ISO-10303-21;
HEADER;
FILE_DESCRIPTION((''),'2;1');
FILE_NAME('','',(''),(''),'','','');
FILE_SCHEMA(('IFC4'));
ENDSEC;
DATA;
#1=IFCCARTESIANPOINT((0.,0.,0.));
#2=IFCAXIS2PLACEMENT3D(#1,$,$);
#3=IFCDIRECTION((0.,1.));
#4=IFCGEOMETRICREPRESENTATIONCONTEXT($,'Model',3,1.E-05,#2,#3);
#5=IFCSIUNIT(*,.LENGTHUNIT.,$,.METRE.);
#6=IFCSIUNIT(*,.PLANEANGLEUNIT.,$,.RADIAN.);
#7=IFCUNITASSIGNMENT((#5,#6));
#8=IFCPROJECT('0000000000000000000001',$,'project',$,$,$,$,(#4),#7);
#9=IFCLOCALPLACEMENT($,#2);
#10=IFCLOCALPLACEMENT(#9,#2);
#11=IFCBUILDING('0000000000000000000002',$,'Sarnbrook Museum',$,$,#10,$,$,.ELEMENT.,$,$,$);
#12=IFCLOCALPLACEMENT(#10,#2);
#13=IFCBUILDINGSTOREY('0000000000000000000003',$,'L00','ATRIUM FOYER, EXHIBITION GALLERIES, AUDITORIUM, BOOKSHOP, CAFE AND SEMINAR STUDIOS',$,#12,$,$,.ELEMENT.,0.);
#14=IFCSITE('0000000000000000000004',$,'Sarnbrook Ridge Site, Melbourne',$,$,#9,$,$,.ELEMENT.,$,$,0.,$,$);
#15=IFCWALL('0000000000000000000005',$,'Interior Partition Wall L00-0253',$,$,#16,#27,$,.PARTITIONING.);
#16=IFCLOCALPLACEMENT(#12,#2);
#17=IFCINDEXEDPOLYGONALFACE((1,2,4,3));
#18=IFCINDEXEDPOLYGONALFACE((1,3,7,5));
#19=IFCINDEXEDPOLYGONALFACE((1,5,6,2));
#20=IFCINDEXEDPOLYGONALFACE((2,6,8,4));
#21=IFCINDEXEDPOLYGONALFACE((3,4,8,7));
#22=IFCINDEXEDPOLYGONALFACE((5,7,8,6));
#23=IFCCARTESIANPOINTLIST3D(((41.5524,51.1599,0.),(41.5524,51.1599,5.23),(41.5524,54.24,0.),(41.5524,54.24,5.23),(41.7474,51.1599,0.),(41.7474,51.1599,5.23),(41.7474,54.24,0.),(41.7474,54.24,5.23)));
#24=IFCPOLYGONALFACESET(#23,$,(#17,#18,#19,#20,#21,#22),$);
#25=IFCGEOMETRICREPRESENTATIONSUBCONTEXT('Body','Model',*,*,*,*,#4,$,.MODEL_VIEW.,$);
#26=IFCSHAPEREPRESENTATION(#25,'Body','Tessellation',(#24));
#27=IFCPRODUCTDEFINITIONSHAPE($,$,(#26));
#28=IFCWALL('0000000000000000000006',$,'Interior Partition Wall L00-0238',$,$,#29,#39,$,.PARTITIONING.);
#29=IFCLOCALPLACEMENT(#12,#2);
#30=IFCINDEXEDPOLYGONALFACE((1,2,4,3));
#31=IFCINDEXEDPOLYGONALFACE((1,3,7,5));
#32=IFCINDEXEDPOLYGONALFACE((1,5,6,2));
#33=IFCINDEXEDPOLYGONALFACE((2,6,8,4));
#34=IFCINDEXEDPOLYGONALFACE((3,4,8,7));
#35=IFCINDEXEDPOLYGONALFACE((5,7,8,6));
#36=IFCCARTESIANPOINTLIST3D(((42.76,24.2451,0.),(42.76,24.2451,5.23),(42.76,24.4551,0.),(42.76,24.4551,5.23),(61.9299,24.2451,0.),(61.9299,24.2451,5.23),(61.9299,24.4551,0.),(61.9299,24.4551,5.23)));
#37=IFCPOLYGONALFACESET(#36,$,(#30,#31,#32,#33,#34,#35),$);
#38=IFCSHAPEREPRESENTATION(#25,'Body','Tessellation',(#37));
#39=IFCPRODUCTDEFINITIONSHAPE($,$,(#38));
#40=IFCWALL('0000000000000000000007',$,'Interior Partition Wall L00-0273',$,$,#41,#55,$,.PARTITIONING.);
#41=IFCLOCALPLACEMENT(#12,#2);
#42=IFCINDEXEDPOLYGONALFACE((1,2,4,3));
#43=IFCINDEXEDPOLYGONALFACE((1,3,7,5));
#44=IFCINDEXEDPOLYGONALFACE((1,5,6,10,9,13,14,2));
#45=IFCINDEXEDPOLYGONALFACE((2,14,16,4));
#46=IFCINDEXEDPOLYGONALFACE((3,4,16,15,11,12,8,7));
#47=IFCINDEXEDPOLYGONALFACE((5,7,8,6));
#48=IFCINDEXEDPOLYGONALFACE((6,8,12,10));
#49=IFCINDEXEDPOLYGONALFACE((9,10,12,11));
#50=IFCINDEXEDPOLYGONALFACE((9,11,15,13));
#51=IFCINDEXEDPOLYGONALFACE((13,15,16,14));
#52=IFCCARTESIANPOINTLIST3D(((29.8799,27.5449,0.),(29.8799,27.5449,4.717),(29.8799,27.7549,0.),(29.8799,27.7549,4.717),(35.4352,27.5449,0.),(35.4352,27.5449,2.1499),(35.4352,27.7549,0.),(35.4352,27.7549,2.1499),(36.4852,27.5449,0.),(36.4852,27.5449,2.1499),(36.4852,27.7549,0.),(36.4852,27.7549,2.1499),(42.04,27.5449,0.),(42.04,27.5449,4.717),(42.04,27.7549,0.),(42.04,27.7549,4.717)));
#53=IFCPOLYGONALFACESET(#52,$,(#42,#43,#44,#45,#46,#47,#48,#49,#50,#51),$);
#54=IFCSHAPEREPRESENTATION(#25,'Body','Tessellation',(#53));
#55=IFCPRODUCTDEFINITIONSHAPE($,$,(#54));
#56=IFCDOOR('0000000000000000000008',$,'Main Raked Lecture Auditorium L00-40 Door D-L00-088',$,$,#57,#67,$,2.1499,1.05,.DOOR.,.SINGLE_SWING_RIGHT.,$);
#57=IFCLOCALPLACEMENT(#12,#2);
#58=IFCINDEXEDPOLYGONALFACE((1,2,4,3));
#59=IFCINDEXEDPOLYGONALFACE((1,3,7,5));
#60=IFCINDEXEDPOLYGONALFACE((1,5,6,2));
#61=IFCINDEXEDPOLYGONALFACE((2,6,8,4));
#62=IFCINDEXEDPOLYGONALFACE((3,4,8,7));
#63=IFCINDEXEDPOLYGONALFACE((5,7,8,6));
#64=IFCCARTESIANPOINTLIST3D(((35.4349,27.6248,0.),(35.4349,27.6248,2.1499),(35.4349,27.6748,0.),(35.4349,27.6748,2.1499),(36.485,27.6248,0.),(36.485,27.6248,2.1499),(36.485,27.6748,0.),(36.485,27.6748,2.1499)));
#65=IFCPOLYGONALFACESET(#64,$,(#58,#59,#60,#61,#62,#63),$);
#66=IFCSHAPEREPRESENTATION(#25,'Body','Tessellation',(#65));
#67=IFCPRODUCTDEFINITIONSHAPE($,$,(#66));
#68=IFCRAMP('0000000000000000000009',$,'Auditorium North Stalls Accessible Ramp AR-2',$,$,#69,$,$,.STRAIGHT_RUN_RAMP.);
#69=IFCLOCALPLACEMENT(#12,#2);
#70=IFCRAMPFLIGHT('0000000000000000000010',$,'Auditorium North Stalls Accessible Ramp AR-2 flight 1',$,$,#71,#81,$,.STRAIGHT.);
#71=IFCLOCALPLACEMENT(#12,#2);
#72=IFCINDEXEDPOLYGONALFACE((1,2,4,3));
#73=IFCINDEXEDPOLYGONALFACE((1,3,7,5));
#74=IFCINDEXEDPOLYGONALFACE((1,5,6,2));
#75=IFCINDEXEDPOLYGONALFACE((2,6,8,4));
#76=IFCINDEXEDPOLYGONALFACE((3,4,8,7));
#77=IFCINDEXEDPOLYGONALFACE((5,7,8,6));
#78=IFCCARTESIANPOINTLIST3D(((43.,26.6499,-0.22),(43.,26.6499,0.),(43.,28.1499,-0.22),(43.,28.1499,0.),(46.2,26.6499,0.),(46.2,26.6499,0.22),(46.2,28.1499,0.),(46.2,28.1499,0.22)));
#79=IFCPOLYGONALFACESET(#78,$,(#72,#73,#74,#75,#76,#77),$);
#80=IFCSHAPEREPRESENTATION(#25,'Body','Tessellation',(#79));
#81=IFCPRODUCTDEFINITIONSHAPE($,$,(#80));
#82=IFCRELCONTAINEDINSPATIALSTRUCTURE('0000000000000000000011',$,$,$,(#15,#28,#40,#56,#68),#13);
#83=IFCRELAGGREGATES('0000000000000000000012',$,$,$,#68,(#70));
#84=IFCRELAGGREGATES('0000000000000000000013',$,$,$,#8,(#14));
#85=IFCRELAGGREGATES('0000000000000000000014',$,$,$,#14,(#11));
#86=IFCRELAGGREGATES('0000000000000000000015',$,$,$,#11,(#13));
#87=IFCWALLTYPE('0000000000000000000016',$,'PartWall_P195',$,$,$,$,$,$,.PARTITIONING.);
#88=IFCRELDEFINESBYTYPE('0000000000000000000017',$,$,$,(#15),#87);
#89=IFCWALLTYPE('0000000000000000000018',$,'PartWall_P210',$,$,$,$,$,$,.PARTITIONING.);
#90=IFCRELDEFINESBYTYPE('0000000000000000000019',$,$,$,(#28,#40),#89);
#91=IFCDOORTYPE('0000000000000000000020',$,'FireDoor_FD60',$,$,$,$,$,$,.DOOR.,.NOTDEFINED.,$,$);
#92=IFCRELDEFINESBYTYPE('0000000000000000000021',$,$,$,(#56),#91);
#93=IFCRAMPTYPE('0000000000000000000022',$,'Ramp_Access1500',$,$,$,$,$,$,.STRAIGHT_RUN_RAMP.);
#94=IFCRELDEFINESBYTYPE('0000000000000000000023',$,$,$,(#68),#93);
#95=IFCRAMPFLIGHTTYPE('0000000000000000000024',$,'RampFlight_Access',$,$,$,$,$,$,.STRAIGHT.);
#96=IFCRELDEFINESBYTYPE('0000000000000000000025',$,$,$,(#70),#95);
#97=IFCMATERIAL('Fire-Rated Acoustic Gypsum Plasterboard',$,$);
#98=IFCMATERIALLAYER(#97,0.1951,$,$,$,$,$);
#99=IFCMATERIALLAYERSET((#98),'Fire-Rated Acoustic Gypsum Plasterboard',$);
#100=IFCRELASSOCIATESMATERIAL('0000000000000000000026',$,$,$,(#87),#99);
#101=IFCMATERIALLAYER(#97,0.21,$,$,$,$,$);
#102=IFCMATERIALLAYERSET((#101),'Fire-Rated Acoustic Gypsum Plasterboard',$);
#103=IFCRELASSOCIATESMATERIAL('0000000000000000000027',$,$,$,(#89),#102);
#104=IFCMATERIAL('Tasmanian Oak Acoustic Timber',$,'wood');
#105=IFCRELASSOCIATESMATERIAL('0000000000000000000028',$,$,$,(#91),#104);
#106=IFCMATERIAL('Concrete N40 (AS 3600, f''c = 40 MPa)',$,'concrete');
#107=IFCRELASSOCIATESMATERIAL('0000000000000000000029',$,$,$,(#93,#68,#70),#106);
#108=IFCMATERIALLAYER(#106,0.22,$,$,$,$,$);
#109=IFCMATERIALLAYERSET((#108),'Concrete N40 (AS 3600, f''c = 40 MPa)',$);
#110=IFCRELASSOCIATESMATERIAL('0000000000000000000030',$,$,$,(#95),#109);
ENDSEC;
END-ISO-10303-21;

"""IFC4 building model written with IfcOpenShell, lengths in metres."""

from ifc_helpers import new_model, si_unit, direction, frame, frame_2d, origin, place, context, subcontext, project, spatial, polyline, rectangle, outline, extrude, material, layer, layer_set, type_object, element, fill, aggregate, save


model = new_model("IFC4")

# Units and contexts
model_context = context("Model", 3, precision=1e-05, world=origin(), true_north=direction((0.0, 1.0)))
body_context = subcontext(model_context, "Body", "Model", "MODEL_VIEW")
ifc_project = project(units=[si_unit("LENGTHUNIT", "METRE"), si_unit("PLANEANGLEUNIT", "RADIAN")], contexts=[model_context])

# Site, building, storey
site_placement = place(None, origin())
site = spatial("IfcSite", under=ifc_project, at=site_placement, Name="Sarnbrook Ridge Site, Melbourne", CompositionType="ELEMENT", RefElevation=0.0)
building_placement = place(site_placement, origin())
building = spatial("IfcBuilding", under=site, at=building_placement, Name="Sarnbrook Museum", CompositionType="ELEMENT")
storey_placement = place(building_placement, origin())
storey = spatial("IfcBuildingStorey", under=building, at=storey_placement, Name="L00", Description="ATRIUM FOYER, EXHIBITION GALLERIES, AUDITORIUM, BOOKSHOP, CAFE AND SEMINAR STUDIOS", CompositionType="ELEMENT", Elevation=0.0)

# Walls
ifc_material_1 = material(Name="Fire-Rated Acoustic Gypsum Plasterboard")
ifc_layer_1 = layer(ifc_material_1, 0.1951)
ifc_layer_set_1 = layer_set([ifc_layer_1], Name="Fire-Rated Acoustic Gypsum Plasterboard")
wall_type_1 = type_object("IfcWallType", Name="PartWall_P195", PredefinedType="PARTITIONING", material=ifc_layer_set_1)
wall_1_placement = place(storey_placement, frame((41.6499, 51.1599, 0.0), z_axis=(0.0, 0.0, 1.0), x_axis=(0.0, 1.0, 0.0)))
element("IfcWall", 1, at=wall_1_placement, inside=storey, type_object=wall_type_1, Name="Interior Partition Wall L00-0253", PredefinedType="PARTITIONING", context=body_context, shape_type="SweptSolid", body=[
    extrude(rectangle(XDim=3.0801, YDim=0.1951, at=frame_2d((1.54, 0.0))), origin(), (0.0, 0.0, 1.0), 5.23),
])
ifc_layer_2 = layer(ifc_material_1, 0.21)
ifc_layer_set_2 = layer_set([ifc_layer_2], Name="Fire-Rated Acoustic Gypsum Plasterboard")
wall_type_2 = type_object("IfcWallType", Name="PartWall_P210", PredefinedType="PARTITIONING", material=ifc_layer_set_2)
wall_2_placement = place(storey_placement, frame((42.76, 24.3501, 0.0), z_axis=(0.0, 0.0, 1.0), x_axis=(1.0, 0.0, 0.0)))
element("IfcWall", 2, at=wall_2_placement, inside=storey, type_object=wall_type_2, Name="Interior Partition Wall L00-0238", PredefinedType="PARTITIONING", context=body_context, shape_type="SweptSolid", body=[
    extrude(rectangle(XDim=19.1699, YDim=0.21, at=frame_2d((9.585, 0.0))), origin(), (0.0, 0.0, 1.0), 5.23),
])

# Wall, opening, door
wall_3_placement = place(storey_placement, frame((42.04, 27.6499, 0.0), z_axis=(0.0, 0.0, 1.0), x_axis=(-1.0, 0.0, 0.0)))
wall_3 = element("IfcWall", 3, at=wall_3_placement, inside=storey, type_object=wall_type_2, Name="Interior Partition Wall L00-0273", PredefinedType="PARTITIONING", context=body_context, shape_type="SweptSolid", body=[
    extrude(rectangle(XDim=12.1602, YDim=0.21, at=frame_2d((6.0801, 0.0))), origin(), (0.0, 0.0, 1.0), 4.717),
])
opening_placement = place(wall_3_placement, frame((5.5549, 0.0, 0.0)))
opening = element("IfcOpeningElement", 4, at=opening_placement, cuts=wall_3, PredefinedType="OPENING", context=body_context, shape_type="SweptSolid", body=[
    extrude(rectangle(XDim=1.05, YDim=2.1499, at=frame_2d((0.5249, 1.075))), frame((0.0, 0.115, 0.0), z_axis=(0.0, -1.0, 0.0), x_axis=(1.0, 0.0, 0.0)), (0.0, 0.0, 1.0), 0.23),
])
ifc_material_2 = material(Name="Tasmanian Oak Acoustic Timber", Category="wood")
door_type = type_object("IfcDoorType", Name="FireDoor_FD60", OperationType="NOTDEFINED", PredefinedType="DOOR", material=ifc_material_2)
door_placement = place(opening_placement, frame((1.05, 0.0, 0.0), z_axis=(0.0, 0.0, 1.0), x_axis=(-1.0, 0.0, 0.0)))
door = element("IfcDoor", 5, at=door_placement, inside=storey, type_object=door_type, Name="Main Raked Lecture Auditorium L00-40 Door D-L00-088", OperationType="SINGLE_SWING_RIGHT", OverallHeight=2.1499, OverallWidth=1.05, PredefinedType="DOOR", context=body_context, shape_type="SweptSolid", body=[
    extrude(rectangle(XDim=1.05, YDim=2.1499, at=frame_2d((0.5249, 1.075))), frame((0.0, 0.0249, 0.0), z_axis=(0.0, -1.0, 0.0), x_axis=(1.0, 0.0, 0.0)), (0.0, 0.0, 1.0), 0.05),
])
fill(opening, door)

# Ramp, ramp flight
ifc_material_3 = material(Name="Concrete N40 (AS 3600, f'c = 40 MPa)", Category="concrete")
ramp_type = type_object("IfcRampType", Name="Ramp_Access1500", PredefinedType="STRAIGHT_RUN_RAMP", material=ifc_material_3)
ramp_placement = place(storey_placement, origin())
ramp = element("IfcRamp", 6, at=ramp_placement, inside=storey, type_object=ramp_type, material=ifc_material_3, Name="Auditorium North Stalls Accessible Ramp AR-2", PredefinedType="STRAIGHT_RUN_RAMP")
ifc_layer_3 = layer(ifc_material_3, 0.22)
ifc_layer_set_3 = layer_set([ifc_layer_3], Name="Concrete N40 (AS 3600, f'c = 40 MPa)")
ramp_flight_type = type_object("IfcRampFlightType", Name="RampFlight_Access", PredefinedType="STRAIGHT", material=ifc_layer_set_3)
ramp_flight_placement = place(storey_placement, frame((43.0, 27.3999, 0.0), z_axis=(0.0, 0.0, 1.0), x_axis=(1.0, 0.0, 0.0)))
ramp_flight = element("IfcRampFlight", 7, at=ramp_flight_placement, type_object=ramp_flight_type, material=ifc_material_3, Name="Auditorium North Stalls Accessible Ramp AR-2 flight 1", PredefinedType="STRAIGHT", context=body_context, shape_type="SweptSolid", body=[
    extrude(outline(polyline([(0.0, 0.0), (3.2, 0.22), (3.2, 0.0), (0.0, -0.22), (0.0, 0.0)])), frame((0.0, 0.75, 0.0), z_axis=(0.0, -1.0, 0.0), x_axis=(1.0, 0.0, 0.0)), (0.0, 0.0, 1.0), 1.5),
])
aggregate(ramp, [ramp_flight])

save(model, "model.ifc")
